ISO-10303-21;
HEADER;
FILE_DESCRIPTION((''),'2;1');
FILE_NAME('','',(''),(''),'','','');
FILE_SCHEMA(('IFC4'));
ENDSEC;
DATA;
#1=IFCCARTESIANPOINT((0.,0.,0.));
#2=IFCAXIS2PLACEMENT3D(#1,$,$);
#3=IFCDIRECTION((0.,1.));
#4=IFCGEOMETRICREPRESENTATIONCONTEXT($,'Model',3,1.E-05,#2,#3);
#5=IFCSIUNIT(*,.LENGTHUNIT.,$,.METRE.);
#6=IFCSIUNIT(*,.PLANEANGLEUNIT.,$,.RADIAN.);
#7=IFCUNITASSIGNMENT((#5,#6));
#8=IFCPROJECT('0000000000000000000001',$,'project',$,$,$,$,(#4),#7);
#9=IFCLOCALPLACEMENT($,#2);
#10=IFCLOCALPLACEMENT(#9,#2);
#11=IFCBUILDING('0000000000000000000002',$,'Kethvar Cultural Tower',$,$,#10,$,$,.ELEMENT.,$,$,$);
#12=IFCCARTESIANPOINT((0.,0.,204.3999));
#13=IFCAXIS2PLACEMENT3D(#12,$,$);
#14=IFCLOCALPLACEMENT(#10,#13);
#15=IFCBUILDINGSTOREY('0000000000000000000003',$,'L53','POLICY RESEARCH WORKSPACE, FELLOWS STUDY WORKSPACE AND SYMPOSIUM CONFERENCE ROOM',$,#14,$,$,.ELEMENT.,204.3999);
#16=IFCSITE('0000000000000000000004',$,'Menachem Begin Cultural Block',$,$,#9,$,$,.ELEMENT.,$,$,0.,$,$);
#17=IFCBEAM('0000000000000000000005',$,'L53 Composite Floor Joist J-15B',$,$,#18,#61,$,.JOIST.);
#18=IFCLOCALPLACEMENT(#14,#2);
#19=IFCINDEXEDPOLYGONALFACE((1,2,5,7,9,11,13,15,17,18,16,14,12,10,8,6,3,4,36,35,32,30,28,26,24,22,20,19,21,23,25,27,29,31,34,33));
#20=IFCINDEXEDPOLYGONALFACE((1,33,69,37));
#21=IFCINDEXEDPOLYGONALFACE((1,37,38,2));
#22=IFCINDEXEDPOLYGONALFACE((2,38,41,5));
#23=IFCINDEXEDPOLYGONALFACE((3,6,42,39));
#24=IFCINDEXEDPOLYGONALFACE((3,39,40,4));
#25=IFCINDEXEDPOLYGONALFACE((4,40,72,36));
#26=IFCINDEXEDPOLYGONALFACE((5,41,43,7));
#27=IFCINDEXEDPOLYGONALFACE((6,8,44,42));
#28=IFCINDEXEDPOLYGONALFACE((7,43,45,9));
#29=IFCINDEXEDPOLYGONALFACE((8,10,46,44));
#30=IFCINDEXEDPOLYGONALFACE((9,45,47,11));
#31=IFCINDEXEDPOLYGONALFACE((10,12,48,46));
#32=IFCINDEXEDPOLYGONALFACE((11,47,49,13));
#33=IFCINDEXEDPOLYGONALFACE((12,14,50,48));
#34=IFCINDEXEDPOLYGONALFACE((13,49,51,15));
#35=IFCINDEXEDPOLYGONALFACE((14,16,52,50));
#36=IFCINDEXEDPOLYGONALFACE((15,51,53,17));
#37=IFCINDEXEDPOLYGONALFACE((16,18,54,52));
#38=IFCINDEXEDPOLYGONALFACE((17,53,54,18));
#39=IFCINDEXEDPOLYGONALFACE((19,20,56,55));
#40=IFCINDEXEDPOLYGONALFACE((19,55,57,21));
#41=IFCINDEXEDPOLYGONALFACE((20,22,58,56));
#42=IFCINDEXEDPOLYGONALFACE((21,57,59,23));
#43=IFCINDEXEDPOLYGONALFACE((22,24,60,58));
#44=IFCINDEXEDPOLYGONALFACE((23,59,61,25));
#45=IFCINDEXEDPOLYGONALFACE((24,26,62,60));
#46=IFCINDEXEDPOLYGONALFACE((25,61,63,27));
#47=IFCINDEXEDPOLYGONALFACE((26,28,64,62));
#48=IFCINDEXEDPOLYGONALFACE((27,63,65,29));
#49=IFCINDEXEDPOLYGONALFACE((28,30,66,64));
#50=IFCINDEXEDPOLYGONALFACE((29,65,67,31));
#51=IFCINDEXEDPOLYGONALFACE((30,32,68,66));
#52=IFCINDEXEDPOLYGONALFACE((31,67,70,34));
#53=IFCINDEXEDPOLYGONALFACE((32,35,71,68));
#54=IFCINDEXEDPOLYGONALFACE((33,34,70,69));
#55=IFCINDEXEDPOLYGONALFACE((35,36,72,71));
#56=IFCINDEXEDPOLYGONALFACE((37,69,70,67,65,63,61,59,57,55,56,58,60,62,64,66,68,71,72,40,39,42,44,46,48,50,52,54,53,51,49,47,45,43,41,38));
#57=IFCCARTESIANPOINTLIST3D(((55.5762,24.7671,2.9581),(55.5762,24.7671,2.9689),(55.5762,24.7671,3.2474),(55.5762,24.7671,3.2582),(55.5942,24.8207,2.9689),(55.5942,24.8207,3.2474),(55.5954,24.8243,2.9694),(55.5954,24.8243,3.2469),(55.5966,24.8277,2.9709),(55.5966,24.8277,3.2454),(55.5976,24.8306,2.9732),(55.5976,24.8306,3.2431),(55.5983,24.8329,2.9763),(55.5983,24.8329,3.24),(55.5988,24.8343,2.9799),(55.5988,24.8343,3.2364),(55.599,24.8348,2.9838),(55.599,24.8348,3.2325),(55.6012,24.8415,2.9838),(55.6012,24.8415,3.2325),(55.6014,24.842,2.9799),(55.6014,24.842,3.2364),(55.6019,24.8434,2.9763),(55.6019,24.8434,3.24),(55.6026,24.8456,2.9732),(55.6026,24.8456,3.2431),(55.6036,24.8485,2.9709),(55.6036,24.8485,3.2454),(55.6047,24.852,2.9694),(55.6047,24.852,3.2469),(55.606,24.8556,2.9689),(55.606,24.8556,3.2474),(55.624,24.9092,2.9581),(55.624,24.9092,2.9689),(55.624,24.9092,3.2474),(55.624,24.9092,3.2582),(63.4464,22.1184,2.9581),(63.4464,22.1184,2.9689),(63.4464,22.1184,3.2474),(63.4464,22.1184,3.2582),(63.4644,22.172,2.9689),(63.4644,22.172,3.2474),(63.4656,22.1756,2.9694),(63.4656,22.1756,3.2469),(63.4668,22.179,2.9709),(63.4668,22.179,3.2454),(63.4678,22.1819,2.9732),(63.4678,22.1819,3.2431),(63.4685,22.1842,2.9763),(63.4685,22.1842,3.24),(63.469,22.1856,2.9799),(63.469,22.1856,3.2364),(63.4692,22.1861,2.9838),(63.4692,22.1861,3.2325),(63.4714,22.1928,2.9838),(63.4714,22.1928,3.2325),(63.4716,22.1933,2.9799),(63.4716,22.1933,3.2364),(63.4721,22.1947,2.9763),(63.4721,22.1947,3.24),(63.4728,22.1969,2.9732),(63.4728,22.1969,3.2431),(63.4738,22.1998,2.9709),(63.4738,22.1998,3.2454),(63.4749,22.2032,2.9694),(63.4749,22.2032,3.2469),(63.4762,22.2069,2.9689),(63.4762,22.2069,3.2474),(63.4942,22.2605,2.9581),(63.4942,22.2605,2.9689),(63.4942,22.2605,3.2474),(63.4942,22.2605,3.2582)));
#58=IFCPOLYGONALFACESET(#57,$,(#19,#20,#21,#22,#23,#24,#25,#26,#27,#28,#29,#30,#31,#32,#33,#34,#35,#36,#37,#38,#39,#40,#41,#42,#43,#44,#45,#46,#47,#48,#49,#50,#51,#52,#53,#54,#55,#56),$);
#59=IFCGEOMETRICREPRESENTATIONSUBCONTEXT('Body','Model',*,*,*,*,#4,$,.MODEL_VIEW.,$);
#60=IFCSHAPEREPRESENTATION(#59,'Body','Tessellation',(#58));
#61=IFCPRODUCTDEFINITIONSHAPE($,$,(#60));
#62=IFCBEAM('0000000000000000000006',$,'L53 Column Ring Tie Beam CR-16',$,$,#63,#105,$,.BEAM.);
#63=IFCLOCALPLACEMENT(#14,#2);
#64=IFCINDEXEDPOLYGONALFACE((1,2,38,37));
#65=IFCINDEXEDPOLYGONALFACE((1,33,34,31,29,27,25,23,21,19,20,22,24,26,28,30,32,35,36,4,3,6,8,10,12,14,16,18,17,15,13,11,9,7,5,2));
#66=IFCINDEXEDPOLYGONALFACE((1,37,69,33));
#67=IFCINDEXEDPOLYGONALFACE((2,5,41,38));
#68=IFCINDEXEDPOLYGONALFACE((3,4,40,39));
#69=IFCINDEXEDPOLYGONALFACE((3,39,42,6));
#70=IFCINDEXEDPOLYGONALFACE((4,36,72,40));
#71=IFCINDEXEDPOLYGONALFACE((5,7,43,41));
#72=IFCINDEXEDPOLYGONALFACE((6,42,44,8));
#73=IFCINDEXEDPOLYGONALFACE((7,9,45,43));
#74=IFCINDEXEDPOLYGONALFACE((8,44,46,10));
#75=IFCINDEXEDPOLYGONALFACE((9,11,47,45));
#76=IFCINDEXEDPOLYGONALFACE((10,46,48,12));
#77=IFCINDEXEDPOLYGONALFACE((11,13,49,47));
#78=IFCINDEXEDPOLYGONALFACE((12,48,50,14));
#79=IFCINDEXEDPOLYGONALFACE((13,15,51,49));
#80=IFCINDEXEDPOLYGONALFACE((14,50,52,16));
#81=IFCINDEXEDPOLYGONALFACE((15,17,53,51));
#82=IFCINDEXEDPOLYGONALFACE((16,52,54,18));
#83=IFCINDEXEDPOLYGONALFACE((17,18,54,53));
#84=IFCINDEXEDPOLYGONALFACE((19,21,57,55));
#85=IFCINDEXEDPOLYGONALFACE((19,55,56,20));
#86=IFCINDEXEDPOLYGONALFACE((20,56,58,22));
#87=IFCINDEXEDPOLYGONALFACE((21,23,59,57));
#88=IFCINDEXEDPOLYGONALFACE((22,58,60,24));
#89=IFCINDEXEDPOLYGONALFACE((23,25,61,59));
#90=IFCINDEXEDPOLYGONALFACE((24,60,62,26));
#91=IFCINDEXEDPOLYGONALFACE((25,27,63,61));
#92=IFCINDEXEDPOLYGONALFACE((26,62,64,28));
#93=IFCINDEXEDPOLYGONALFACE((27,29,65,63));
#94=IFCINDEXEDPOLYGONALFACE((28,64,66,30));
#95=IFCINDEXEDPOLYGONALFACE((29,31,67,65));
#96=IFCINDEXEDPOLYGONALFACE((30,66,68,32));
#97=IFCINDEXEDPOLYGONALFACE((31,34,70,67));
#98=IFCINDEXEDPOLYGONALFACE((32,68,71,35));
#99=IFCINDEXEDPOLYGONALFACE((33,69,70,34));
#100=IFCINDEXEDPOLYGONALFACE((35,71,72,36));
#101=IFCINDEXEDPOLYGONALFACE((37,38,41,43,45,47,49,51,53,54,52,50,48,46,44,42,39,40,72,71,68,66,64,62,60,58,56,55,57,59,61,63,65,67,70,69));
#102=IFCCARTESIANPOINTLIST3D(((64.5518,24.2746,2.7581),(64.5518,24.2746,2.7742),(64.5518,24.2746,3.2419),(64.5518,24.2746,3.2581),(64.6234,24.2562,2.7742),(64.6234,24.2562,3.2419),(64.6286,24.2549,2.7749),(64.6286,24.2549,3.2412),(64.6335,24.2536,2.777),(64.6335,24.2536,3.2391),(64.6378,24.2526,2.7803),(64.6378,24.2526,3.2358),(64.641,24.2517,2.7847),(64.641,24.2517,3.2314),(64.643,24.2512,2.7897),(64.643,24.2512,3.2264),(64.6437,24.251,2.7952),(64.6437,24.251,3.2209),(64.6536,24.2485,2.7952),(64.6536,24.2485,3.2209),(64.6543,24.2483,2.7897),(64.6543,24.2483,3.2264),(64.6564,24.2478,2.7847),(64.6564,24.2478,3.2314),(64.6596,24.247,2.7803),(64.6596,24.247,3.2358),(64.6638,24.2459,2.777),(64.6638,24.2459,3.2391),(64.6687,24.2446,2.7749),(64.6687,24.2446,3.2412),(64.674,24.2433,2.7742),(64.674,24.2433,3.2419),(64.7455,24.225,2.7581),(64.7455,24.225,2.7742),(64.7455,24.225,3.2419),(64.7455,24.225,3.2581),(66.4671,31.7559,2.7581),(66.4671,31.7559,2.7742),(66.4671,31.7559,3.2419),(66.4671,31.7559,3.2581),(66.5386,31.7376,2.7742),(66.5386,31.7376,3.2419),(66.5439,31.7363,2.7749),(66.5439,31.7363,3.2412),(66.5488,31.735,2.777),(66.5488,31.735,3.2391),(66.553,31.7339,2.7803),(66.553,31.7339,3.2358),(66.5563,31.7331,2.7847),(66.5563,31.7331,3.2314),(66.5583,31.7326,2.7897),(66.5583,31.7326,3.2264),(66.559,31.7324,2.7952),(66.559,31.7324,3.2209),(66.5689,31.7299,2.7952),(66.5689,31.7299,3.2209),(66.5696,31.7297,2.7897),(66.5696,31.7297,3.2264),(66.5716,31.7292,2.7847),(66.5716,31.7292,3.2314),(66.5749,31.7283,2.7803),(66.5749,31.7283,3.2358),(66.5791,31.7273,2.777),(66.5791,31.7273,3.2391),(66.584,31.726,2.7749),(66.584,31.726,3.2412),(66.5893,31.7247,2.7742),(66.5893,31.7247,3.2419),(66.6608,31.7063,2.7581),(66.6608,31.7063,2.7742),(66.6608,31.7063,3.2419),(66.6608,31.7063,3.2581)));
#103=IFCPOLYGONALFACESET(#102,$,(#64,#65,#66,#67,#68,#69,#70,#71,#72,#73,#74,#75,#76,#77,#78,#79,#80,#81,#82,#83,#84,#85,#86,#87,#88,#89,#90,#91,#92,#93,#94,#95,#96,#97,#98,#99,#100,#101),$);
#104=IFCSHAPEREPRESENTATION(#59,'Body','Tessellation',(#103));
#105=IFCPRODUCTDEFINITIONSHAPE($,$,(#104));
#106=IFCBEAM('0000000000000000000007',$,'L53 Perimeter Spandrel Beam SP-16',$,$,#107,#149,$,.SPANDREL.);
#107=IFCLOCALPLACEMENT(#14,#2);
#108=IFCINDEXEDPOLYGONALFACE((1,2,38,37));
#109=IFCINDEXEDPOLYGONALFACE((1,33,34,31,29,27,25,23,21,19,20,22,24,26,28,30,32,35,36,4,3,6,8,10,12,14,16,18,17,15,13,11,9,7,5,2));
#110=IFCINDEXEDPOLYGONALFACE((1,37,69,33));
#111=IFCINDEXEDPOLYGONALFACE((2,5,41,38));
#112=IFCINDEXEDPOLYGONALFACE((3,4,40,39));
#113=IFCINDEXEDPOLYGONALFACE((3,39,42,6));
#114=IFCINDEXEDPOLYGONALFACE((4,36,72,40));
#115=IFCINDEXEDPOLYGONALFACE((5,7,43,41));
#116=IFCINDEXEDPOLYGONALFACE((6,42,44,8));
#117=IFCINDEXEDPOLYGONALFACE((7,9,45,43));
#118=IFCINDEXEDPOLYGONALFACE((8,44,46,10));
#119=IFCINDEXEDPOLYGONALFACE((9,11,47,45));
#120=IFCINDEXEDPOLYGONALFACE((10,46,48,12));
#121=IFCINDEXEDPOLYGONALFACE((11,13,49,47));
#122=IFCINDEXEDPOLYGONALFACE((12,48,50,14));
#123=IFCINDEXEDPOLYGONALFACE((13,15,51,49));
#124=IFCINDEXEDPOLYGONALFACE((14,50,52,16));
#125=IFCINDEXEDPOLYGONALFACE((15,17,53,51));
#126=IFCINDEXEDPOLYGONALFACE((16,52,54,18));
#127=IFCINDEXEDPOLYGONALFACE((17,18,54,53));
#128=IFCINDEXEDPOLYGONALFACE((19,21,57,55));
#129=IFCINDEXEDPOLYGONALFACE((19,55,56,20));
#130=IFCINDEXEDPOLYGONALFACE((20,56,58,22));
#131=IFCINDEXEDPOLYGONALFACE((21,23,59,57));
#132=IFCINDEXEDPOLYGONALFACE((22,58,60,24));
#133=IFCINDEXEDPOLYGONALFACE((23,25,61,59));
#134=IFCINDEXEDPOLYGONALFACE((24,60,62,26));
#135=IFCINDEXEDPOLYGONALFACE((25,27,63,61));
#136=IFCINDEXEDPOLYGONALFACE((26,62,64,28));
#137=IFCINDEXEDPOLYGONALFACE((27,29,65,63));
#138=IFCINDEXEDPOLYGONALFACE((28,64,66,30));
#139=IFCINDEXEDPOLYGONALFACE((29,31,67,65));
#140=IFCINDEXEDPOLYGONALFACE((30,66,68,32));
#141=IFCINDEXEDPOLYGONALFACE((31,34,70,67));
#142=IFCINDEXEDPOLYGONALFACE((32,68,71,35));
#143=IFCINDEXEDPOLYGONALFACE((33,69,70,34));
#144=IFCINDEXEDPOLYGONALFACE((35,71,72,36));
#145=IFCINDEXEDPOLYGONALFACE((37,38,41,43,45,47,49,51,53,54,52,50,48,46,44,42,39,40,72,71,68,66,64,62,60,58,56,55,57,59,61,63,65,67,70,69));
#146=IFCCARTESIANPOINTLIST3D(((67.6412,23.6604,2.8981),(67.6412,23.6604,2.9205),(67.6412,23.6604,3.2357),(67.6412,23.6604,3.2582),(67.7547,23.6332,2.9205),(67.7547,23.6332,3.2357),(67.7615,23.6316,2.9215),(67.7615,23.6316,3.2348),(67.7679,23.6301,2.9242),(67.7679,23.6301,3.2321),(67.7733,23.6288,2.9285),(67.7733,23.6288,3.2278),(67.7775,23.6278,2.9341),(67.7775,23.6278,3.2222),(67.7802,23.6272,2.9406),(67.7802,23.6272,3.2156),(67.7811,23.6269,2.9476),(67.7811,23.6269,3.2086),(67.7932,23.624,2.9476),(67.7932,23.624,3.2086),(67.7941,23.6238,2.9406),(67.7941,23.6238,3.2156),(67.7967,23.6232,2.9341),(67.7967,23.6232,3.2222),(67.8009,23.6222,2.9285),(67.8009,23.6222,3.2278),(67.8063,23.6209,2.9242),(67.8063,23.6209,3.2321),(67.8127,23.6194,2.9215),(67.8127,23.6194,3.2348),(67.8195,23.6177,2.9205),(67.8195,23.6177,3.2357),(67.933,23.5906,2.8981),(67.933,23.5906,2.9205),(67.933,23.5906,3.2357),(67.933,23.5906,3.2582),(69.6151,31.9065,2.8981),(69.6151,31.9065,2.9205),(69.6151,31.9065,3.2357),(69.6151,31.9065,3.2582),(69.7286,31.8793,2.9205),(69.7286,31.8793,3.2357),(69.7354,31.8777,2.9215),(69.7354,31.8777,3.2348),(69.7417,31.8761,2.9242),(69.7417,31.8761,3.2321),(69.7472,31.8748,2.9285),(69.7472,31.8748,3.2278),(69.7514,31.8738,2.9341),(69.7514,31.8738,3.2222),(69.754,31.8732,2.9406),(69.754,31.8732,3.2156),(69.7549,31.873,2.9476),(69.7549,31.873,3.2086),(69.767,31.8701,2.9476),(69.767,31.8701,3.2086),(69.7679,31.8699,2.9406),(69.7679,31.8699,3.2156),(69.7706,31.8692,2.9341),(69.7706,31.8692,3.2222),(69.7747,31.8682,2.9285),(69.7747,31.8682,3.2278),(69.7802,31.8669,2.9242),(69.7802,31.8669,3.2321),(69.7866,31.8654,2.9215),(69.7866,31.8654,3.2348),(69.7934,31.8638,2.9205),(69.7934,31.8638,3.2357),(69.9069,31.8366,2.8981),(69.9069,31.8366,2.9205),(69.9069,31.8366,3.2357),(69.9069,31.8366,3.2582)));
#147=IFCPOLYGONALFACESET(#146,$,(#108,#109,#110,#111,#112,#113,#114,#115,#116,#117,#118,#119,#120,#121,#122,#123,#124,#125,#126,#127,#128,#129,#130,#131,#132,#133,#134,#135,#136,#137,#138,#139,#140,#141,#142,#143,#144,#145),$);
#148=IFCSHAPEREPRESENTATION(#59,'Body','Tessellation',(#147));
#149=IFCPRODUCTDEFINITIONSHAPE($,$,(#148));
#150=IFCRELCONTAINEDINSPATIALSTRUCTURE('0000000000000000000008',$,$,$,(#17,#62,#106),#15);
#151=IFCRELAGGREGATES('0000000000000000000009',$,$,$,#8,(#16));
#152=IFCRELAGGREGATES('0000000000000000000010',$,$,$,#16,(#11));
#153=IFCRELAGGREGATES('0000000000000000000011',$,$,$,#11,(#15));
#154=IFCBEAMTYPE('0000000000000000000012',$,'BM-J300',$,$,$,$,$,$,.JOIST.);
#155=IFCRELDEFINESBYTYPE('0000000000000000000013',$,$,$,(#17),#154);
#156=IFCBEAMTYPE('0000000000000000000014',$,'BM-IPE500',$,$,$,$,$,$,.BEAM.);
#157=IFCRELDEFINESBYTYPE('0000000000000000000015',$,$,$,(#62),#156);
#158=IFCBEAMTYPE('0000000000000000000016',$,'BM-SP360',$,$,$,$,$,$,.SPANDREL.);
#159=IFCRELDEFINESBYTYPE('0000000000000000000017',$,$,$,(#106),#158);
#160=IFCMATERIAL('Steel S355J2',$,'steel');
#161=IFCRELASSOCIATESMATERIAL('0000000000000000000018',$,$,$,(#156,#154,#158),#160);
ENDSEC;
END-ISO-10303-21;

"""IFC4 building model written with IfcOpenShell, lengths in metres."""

from ifc_helpers import new_model, si_unit, direction, frame, origin, origin_2d, place, context, subcontext, project, spatial, i_section, extrude, source, transform, mapped, material, material_profile, profile_set, type_object, element, save


model = new_model("IFC4")

# Units and contexts
model_context = context("Model", 3, precision=1e-05, world=origin(), true_north=direction((0.0, 1.0)))
body_context = subcontext(model_context, "Body", "Model", "MODEL_VIEW")
ifc_project = project(units=[si_unit("LENGTHUNIT", "METRE"), si_unit("PLANEANGLEUNIT", "RADIAN")], contexts=[model_context])

# Site, building, storey
site_placement = place(None, origin())
site = spatial("IfcSite", under=ifc_project, at=site_placement, Name="Menachem Begin Cultural Block", CompositionType="ELEMENT", RefElevation=0.0)
building_placement = place(site_placement, origin())
building = spatial("IfcBuilding", under=site, at=building_placement, Name="Kethvar Cultural Tower", CompositionType="ELEMENT")
storey_placement = place(building_placement, frame((0.0, 0.0, 204.3999)))
storey = spatial("IfcBuildingStorey", under=building, at=storey_placement, Name="L53", Description="POLICY RESEARCH WORKSPACE, FELLOWS STUDY WORKSPACE AND SYMPOSIUM CONFERENCE ROOM", CompositionType="ELEMENT", Elevation=204.3999)

# Beams
ifc_material_1 = material(Name="Steel S355J2", Category="steel")
ifc_material_profile_1 = material_profile(ifc_material_1, i_section(OverallWidth=0.2, OverallDepth=0.5, WebThickness=0.0103, FlangeThickness=0.0161, FilletRadius=0.021, at=origin_2d()), Name="Steel S355J2 — IPE500")
ifc_profile_set_1 = profile_set([ifc_material_profile_1], Name="Steel S355J2 — IPE500")
beam_type_1 = type_object("IfcBeamType", Name="BM-IPE500", PredefinedType="BEAM", material=ifc_profile_set_1)
ifc_material_profile_2 = material_profile(ifc_material_1, i_section(OverallWidth=0.1499, OverallDepth=0.3, WebThickness=0.0071, FlangeThickness=0.0107, FilletRadius=0.0149, at=origin_2d()), Name="Steel S355J2 — IPE300")
ifc_profile_set_2 = profile_set([ifc_material_profile_2], Name="Steel S355J2 — IPE300")
beam_type_2 = type_object("IfcBeamType", Name="BM-J300", PredefinedType="JOIST", material=ifc_profile_set_2)
shared_shape_1 = source(origin(), body_context, "Body", "SweptSolid", [
    extrude(i_section(OverallWidth=0.1499, OverallDepth=0.3, WebThickness=0.0071, FlangeThickness=0.0107, FilletRadius=0.0149, at=origin_2d()), origin(), (0.0, 0.0, 1.0), 8.304),
])
beam_1_placement = place(storey_placement, frame((55.6001, 24.8381, 3.1082), z_axis=(0.947765, -0.31897, 0.0), x_axis=(0.31897, 0.947765, 0.0)))
element("IfcBeam", 1, at=beam_1_placement, inside=storey, type_object=beam_type_2, Name="L53 Composite Floor Joist J-15B", PredefinedType="JOIST", context=body_context, shape_type="MappedRepresentation", body=[
    mapped(shared_shape_1, transform((0.0, 0.0, 0.0), scale=1.0)),
])
shared_shape_2 = source(origin(), body_context, "Body", "SweptSolid", [
    extrude(i_section(OverallWidth=0.2, OverallDepth=0.5, WebThickness=0.0103, FlangeThickness=0.0161, FilletRadius=0.021, at=origin_2d()), origin(), (0.0, 0.0, 1.0), 7.7227),
])
beam_2_placement = place(storey_placement, frame((64.6487, 24.2498, 3.0081), z_axis=(0.248006, 0.968758, 0.0), x_axis=(-0.968758, 0.248006, 0.0)))
element("IfcBeam", 2, at=beam_2_placement, inside=storey, type_object=beam_type_1, Name="L53 Column Ring Tie Beam CR-16", PredefinedType="BEAM", context=body_context, shape_type="MappedRepresentation", body=[
    mapped(shared_shape_2, transform((0.0, 0.0, 0.0), scale=1.0)),
])
ifc_material_profile_3 = material_profile(ifc_material_1, i_section(OverallWidth=0.3, OverallDepth=0.3601, WebThickness=0.0125, FlangeThickness=0.0225, FilletRadius=0.0271, at=origin_2d()), Name="Steel S355J2 — HEB360")
ifc_profile_set_3 = profile_set([ifc_material_profile_3], Name="Steel S355J2 — HEB360")
beam_type_3 = type_object("IfcBeamType", Name="BM-SP360", PredefinedType="SPANDREL", material=ifc_profile_set_3)
shared_shape_3 = source(origin(), body_context, "Body", "SweptSolid", [
    extrude(i_section(OverallWidth=0.3, OverallDepth=0.3601, WebThickness=0.0125, FlangeThickness=0.0225, FilletRadius=0.0271, at=origin_2d()), origin(), (0.0, 0.0, 1.0), 8.479),
])
beam_3_placement = place(storey_placement, frame((67.7871, 23.6255, 3.0781), z_axis=(0.232795, 0.972526, 0.0), x_axis=(-0.972526, 0.232795, 0.0)))
element("IfcBeam", 3, at=beam_3_placement, inside=storey, type_object=beam_type_3, Name="L53 Perimeter Spandrel Beam SP-16", PredefinedType="SPANDREL", context=body_context, shape_type="MappedRepresentation", body=[
    mapped(shared_shape_3, transform((0.0, 0.0, 0.0), scale=1.0)),
])

save(model, "model.ifc")
